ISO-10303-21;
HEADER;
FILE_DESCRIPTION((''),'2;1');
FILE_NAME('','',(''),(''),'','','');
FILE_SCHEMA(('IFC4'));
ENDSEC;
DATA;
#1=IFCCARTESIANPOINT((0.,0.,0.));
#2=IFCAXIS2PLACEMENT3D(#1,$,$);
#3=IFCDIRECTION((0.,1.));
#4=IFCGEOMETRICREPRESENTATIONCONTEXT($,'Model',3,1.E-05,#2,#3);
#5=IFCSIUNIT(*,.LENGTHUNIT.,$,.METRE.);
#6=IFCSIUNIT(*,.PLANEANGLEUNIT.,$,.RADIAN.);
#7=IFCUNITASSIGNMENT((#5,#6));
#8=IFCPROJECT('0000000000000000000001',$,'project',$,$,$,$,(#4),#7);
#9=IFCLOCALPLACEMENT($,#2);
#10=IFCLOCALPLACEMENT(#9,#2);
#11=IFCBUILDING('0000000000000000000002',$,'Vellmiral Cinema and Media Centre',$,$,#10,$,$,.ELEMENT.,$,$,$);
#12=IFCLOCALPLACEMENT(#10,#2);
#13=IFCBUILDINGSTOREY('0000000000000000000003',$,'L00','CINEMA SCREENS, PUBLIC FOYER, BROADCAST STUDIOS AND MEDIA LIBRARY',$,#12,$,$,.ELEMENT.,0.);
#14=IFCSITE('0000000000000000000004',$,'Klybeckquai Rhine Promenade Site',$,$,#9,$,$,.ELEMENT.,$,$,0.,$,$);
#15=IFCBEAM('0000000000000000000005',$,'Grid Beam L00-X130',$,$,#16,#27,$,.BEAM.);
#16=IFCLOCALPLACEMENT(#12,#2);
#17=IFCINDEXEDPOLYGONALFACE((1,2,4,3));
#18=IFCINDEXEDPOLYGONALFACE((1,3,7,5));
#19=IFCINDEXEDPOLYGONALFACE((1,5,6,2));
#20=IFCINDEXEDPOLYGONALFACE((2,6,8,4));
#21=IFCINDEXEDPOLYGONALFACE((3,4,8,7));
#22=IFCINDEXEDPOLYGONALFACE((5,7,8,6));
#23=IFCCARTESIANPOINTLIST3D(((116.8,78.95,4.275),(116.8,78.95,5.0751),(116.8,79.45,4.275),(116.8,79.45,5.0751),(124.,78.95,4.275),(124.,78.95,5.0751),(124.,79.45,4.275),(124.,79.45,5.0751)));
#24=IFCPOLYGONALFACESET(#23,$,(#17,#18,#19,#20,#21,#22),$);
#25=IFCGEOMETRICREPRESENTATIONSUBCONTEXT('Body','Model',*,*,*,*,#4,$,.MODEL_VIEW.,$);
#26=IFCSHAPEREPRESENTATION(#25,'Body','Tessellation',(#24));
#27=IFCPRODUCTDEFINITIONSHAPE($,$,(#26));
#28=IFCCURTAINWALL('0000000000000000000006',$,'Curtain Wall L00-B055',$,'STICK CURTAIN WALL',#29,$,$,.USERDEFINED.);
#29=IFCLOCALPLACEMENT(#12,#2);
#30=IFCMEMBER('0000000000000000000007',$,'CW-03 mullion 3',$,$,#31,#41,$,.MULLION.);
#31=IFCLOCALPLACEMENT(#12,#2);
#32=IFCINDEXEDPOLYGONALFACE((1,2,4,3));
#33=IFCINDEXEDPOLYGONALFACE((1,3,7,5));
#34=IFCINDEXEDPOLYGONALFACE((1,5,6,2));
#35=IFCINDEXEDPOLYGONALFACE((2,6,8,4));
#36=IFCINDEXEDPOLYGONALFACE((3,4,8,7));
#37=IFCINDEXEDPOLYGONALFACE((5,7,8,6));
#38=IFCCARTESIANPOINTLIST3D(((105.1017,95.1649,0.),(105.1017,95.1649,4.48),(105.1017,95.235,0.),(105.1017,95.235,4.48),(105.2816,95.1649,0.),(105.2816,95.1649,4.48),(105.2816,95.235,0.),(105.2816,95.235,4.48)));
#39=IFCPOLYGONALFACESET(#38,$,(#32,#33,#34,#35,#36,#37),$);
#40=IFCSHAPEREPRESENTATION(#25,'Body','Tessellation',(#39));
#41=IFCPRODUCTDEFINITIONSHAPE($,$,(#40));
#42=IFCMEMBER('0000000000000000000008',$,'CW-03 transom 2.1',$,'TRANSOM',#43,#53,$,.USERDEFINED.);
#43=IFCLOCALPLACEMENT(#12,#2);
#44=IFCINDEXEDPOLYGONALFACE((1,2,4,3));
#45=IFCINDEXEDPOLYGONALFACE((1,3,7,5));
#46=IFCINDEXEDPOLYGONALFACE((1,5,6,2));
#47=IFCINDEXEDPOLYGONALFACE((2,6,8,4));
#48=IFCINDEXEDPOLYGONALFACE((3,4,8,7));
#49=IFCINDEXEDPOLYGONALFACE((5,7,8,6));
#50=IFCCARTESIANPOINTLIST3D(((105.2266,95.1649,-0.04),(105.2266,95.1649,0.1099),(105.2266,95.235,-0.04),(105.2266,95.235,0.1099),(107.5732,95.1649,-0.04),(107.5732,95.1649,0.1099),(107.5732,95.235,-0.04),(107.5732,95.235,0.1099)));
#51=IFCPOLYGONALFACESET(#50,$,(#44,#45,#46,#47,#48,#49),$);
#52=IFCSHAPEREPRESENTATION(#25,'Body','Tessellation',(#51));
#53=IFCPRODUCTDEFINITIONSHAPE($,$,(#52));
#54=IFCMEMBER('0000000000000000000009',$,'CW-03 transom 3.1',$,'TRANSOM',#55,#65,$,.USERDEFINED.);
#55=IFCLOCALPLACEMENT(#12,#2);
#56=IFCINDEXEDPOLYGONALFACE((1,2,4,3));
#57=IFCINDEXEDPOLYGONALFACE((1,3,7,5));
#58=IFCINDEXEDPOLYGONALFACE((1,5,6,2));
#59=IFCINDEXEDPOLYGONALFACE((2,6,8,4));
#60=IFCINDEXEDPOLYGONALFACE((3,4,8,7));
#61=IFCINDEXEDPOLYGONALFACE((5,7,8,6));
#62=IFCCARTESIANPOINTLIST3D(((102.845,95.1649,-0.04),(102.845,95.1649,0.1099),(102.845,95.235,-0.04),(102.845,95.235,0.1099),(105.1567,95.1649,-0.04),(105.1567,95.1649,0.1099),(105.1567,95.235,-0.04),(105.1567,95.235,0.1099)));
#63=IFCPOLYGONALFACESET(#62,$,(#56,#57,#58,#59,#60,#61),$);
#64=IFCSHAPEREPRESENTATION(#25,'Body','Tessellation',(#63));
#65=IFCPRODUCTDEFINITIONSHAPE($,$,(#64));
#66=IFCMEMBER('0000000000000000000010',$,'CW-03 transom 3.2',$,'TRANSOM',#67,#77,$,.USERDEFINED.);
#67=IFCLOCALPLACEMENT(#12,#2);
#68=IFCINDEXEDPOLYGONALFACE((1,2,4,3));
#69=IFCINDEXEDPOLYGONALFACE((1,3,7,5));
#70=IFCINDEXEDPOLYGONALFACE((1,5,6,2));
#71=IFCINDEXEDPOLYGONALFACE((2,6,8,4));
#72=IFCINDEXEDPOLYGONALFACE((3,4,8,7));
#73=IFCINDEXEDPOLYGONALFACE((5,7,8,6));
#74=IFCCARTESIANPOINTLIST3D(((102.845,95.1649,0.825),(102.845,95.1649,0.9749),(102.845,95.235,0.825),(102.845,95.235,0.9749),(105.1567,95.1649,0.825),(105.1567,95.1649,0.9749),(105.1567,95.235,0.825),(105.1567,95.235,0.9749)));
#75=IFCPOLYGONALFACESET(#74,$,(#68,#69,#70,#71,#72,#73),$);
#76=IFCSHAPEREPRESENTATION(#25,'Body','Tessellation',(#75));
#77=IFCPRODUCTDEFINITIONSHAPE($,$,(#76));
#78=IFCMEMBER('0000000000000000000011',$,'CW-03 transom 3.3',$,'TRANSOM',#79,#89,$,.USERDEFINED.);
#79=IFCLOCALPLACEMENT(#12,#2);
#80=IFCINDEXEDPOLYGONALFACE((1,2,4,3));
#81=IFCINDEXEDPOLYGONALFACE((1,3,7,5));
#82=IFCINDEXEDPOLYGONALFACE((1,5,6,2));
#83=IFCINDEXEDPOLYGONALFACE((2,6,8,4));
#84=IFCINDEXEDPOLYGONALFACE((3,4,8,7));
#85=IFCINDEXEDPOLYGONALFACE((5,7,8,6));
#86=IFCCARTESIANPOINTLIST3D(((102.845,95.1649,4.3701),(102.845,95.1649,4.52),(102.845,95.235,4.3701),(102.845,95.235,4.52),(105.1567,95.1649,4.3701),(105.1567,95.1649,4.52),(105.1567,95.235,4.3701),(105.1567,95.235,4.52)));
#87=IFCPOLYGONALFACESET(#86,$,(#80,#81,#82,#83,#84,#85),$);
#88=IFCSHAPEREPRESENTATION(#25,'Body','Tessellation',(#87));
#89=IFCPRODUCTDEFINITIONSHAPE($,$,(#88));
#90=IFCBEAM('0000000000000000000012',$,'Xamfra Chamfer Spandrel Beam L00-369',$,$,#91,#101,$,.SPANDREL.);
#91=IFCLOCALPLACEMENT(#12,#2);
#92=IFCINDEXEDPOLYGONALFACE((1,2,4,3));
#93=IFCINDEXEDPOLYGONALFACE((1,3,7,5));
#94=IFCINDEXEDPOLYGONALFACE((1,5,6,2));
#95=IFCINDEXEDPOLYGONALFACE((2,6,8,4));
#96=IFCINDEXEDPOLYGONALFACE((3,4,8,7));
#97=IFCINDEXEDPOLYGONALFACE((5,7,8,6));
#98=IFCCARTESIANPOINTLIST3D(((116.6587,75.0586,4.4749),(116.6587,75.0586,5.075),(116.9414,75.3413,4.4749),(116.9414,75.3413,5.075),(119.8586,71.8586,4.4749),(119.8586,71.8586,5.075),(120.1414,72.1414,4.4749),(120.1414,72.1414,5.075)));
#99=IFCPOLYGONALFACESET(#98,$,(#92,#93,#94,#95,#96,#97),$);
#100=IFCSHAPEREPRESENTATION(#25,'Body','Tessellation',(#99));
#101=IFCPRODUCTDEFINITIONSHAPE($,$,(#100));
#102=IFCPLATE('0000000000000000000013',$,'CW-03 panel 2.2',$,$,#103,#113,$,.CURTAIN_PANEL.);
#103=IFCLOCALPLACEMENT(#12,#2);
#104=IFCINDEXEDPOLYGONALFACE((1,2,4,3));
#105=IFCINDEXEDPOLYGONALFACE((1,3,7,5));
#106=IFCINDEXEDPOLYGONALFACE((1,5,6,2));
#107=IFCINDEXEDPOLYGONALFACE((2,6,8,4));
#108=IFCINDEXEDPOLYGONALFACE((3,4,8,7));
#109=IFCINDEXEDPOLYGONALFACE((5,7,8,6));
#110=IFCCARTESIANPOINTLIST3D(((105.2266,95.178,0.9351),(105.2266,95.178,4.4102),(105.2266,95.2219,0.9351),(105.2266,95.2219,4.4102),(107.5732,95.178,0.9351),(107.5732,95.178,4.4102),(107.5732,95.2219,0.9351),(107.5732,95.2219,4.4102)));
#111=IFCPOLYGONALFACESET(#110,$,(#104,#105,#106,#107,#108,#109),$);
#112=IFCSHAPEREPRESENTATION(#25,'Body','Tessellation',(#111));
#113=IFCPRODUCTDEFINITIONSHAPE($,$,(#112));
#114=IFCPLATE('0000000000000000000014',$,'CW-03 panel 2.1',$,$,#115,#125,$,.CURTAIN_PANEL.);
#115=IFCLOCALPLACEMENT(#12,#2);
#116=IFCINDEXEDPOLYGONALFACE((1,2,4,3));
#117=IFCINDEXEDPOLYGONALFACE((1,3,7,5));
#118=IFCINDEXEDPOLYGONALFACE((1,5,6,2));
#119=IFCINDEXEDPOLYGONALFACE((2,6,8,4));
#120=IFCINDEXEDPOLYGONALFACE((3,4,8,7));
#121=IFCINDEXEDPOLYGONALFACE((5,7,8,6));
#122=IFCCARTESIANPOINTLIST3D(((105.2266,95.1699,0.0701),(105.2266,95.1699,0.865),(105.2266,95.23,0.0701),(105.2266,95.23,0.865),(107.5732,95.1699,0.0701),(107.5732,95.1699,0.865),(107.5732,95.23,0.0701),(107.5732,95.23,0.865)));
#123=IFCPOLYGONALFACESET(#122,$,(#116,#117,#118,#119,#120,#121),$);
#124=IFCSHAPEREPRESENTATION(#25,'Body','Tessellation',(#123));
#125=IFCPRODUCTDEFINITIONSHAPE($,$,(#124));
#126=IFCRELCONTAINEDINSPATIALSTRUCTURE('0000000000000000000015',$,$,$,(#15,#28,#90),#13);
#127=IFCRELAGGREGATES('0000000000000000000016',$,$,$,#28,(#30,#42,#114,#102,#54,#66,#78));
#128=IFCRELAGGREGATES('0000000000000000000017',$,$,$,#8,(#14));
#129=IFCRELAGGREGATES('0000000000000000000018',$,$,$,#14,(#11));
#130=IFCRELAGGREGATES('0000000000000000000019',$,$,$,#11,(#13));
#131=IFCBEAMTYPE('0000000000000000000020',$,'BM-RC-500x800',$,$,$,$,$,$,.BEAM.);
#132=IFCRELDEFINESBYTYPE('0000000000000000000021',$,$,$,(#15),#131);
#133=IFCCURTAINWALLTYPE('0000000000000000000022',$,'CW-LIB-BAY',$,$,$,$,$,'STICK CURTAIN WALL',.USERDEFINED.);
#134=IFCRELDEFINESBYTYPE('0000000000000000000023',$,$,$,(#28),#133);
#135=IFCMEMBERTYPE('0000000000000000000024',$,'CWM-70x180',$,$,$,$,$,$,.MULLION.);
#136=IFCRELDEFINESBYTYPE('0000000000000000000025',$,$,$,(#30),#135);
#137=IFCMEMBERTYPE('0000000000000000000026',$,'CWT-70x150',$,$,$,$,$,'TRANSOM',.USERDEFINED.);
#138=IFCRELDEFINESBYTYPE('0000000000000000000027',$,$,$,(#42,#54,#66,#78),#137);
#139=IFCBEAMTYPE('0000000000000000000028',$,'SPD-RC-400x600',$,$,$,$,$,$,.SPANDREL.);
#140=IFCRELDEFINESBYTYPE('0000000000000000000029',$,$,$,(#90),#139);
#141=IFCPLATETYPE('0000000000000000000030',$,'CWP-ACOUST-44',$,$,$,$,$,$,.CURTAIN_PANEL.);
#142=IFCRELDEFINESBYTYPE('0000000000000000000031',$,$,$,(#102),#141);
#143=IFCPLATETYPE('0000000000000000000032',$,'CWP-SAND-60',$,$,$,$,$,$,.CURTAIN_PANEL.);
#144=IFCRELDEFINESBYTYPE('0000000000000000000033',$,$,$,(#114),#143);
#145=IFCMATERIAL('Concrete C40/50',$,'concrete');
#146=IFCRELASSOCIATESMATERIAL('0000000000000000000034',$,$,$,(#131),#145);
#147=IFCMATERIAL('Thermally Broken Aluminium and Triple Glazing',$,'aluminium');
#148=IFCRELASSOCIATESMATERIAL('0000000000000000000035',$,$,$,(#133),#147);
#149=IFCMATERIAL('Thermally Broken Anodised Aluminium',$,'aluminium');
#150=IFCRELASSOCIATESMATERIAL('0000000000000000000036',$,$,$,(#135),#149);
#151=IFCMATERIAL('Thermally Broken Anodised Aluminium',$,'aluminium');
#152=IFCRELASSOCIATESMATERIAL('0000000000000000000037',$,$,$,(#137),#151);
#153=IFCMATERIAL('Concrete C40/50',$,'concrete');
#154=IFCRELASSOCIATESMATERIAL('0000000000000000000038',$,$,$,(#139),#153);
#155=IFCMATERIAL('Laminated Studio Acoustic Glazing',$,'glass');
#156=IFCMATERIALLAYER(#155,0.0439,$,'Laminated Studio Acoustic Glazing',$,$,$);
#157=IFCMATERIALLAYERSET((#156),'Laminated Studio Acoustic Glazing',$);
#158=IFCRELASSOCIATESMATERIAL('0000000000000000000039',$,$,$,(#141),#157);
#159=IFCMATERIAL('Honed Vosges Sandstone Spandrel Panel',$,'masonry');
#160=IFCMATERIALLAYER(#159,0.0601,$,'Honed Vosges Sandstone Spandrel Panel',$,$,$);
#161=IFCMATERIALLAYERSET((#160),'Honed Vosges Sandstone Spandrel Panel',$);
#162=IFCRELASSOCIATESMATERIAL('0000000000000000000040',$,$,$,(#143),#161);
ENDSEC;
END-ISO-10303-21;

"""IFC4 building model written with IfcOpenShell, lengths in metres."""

from ifc_helpers import new_model, si_unit, direction, frame, origin, origin_2d, place, context, subcontext, project, spatial, rectangle, extrude, material, layer, layer_set, material_profile, profile_set, type_object, element, aggregate, save


model = new_model("IFC4")

# Units and contexts
model_context = context("Model", 3, precision=1e-05, world=origin(), true_north=direction((0.0, 1.0)))
body_context = subcontext(model_context, "Body", "Model", "MODEL_VIEW")
ifc_project = project(units=[si_unit("LENGTHUNIT", "METRE"), si_unit("PLANEANGLEUNIT", "RADIAN")], contexts=[model_context])

# Site, building, storey
site_placement = place(None, origin())
site = spatial("IfcSite", under=ifc_project, at=site_placement, Name="Klybeckquai Rhine Promenade Site", CompositionType="ELEMENT", RefElevation=0.0)
building_placement = place(site_placement, origin())
building = spatial("IfcBuilding", under=site, at=building_placement, Name="Vellmiral Cinema and Media Centre", CompositionType="ELEMENT")
storey_placement = place(building_placement, origin())
storey = spatial("IfcBuildingStorey", under=building, at=storey_placement, Name="L00", Description="CINEMA SCREENS, PUBLIC FOYER, BROADCAST STUDIOS AND MEDIA LIBRARY", CompositionType="ELEMENT", Elevation=0.0)

# Beam
ifc_material_1 = material(Name="Concrete C40/50", Category="concrete")
ifc_material_profile_1 = material_profile(ifc_material_1, rectangle(XDim=0.5, YDim=0.8, at=origin_2d()), Name="RC 500x800")
ifc_profile_set_1 = profile_set([ifc_material_profile_1], Name="Concrete C40/50")
beam_type_1 = type_object("IfcBeamType", Name="BM-RC-500x800", PredefinedType="BEAM", material=ifc_profile_set_1)
beam_1_placement = place(storey_placement, frame((116.8, 79.2, 4.675), z_axis=(1.0, 0.0, 0.0), x_axis=(0.0, 1.0, 0.0)))
element("IfcBeam", 1, at=beam_1_placement, inside=storey, type_object=beam_type_1, Name="Grid Beam L00-X130", PredefinedType="BEAM", context=body_context, shape_type="SweptSolid", body=[
    extrude(rectangle(XDim=0.5, YDim=0.8, at=origin_2d()), origin(), (0.0, 0.0, 1.0), 7.2),
])

# Curtain wall, members
ifc_material_2 = material(Name="Thermally Broken Aluminium and Triple Glazing", Category="aluminium")
curtain_wall_type = type_object("IfcCurtainWallType", Name="CW-LIB-BAY", ElementType="STICK CURTAIN WALL", PredefinedType="USERDEFINED", material=ifc_material_2)
curtain_wall_placement = place(storey_placement, origin())
curtain_wall = element("IfcCurtainWall", 2, at=curtain_wall_placement, inside=storey, type_object=curtain_wall_type, Name="Curtain Wall L00-B055", ObjectType="STICK CURTAIN WALL", PredefinedType="USERDEFINED")
ifc_material_3 = material(Name="Thermally Broken Anodised Aluminium", Category="aluminium")
ifc_material_profile_2 = material_profile(ifc_material_3, rectangle(XDim=0.0701, YDim=0.1799, at=origin_2d()), Name="MULL 70x180")
ifc_profile_set_2 = profile_set([ifc_material_profile_2], Name="Thermally Broken Anodised Aluminium")
member_type_1 = type_object("IfcMemberType", Name="CWM-70x180", PredefinedType="MULLION", material=ifc_profile_set_2)
member_1_placement = place(storey_placement, frame((105.1917, 95.2, 0.0), z_axis=(0.0, 0.0, 1.0), x_axis=(0.0, -1.0, 0.0)))
member_1 = element("IfcMember", 3, at=member_1_placement, type_object=member_type_1, Name="CW-03 mullion 3", PredefinedType="MULLION", context=body_context, shape_type="SweptSolid", body=[
    extrude(rectangle(XDim=0.0701, YDim=0.1799, at=origin_2d()), origin(), (0.0, 0.0, 1.0), 4.48),
])
ifc_material_4 = material(Name="Thermally Broken Anodised Aluminium", Category="aluminium")
ifc_material_profile_3 = material_profile(ifc_material_4, rectangle(XDim=0.0701, YDim=0.1499, at=origin_2d()), Name="MULL 70x150")
ifc_profile_set_3 = profile_set([ifc_material_profile_3], Name="Thermally Broken Anodised Aluminium")
member_type_2 = type_object("IfcMemberType", Name="CWT-70x150", ElementType="TRANSOM", PredefinedType="USERDEFINED", material=ifc_profile_set_3)
member_2_placement = place(storey_placement, frame((107.5732, 95.2, 0.0349), z_axis=(-1.0, 0.0, 0.0), x_axis=(0.0, -1.0, 0.0)))
member_2 = element("IfcMember", 4, at=member_2_placement, type_object=member_type_2, Name="CW-03 transom 2.1", ObjectType="TRANSOM", PredefinedType="USERDEFINED", context=body_context, shape_type="SweptSolid", body=[
    extrude(rectangle(XDim=0.0701, YDim=0.1499, at=origin_2d()), origin(), (0.0, 0.0, 1.0), 2.3467),
])
member_3_placement = place(storey_placement, frame((105.1567, 95.2, 0.0349), z_axis=(-1.0, 0.0, 0.0), x_axis=(0.0, -1.0, 0.0)))
member_3 = element("IfcMember", 5, at=member_3_placement, type_object=member_type_2, Name="CW-03 transom 3.1", ObjectType="TRANSOM", PredefinedType="USERDEFINED", context=body_context, shape_type="SweptSolid", body=[
    extrude(rectangle(XDim=0.0701, YDim=0.1499, at=origin_2d()), origin(), (0.0, 0.0, 1.0), 2.3118),
])
member_4_placement = place(storey_placement, frame((105.1567, 95.2, 0.8999), z_axis=(-1.0, 0.0, 0.0), x_axis=(0.0, -1.0, 0.0)))
member_4 = element("IfcMember", 6, at=member_4_placement, type_object=member_type_2, Name="CW-03 transom 3.2", ObjectType="TRANSOM", PredefinedType="USERDEFINED", context=body_context, shape_type="SweptSolid", body=[
    extrude(rectangle(XDim=0.0701, YDim=0.1499, at=origin_2d()), origin(), (0.0, 0.0, 1.0), 2.3118),
])
member_5_placement = place(storey_placement, frame((105.1567, 95.2, 4.4451), z_axis=(-1.0, 0.0, 0.0), x_axis=(0.0, -1.0, 0.0)))
member_5 = element("IfcMember", 7, at=member_5_placement, type_object=member_type_2, Name="CW-03 transom 3.3", ObjectType="TRANSOM", PredefinedType="USERDEFINED", context=body_context, shape_type="SweptSolid", body=[
    extrude(rectangle(XDim=0.0701, YDim=0.1499, at=origin_2d()), origin(), (0.0, 0.0, 1.0), 2.3118),
])

# Beam
ifc_material_5 = material(Name="Concrete C40/50", Category="concrete")
ifc_material_profile_4 = material_profile(ifc_material_5, rectangle(XDim=0.3999, YDim=0.6001, at=origin_2d()), Name="RC 400x600")
ifc_profile_set_4 = profile_set([ifc_material_profile_4], Name="Concrete C40/50")
beam_type_2 = type_object("IfcBeamType", Name="SPD-RC-400x600", PredefinedType="SPANDREL", material=ifc_profile_set_4)
beam_2_placement = place(storey_placement, frame((116.8, 75.2, 4.7749), z_axis=(0.707107, -0.707107, 0.0), x_axis=(0.707107, 0.707107, 0.0)))
element("IfcBeam", 8, at=beam_2_placement, inside=storey, type_object=beam_type_2, Name="Xamfra Chamfer Spandrel Beam L00-369", PredefinedType="SPANDREL", context=body_context, shape_type="SweptSolid", body=[
    extrude(rectangle(XDim=0.3999, YDim=0.6001, at=origin_2d()), origin(), (0.0, 0.0, 1.0), 4.5254),
])

# Plates
ifc_material_6 = material(Name="Laminated Studio Acoustic Glazing", Category="glass")
ifc_layer_1 = layer(ifc_material_6, 0.0439, Name="Laminated Studio Acoustic Glazing")
ifc_layer_set_1 = layer_set([ifc_layer_1], Name="Laminated Studio Acoustic Glazing")
plate_type_1 = type_object("IfcPlateType", Name="CWP-ACOUST-44", PredefinedType="CURTAIN_PANEL", material=ifc_layer_set_1)
plate_1_placement = place(storey_placement, frame((106.3999, 95.2, 0.9351), z_axis=(0.0, 0.0, 1.0), x_axis=(-1.0, 0.0, 0.0)))
plate_1 = element("IfcPlate", 9, at=plate_1_placement, type_object=plate_type_1, Name="CW-03 panel 2.2", PredefinedType="CURTAIN_PANEL", context=body_context, shape_type="SweptSolid", body=[
    extrude(rectangle(XDim=2.3467, YDim=0.0439, at=origin_2d()), origin(), (0.0, 0.0, 1.0), 3.4751),
])
ifc_material_7 = material(Name="Honed Vosges Sandstone Spandrel Panel", Category="masonry")
ifc_layer_2 = layer(ifc_material_7, 0.0601, Name="Honed Vosges Sandstone Spandrel Panel")
ifc_layer_set_2 = layer_set([ifc_layer_2], Name="Honed Vosges Sandstone Spandrel Panel")
plate_type_2 = type_object("IfcPlateType", Name="CWP-SAND-60", PredefinedType="CURTAIN_PANEL", material=ifc_layer_set_2)
plate_2_placement = place(storey_placement, frame((106.3999, 95.2, 0.0701), z_axis=(0.0, 0.0, 1.0), x_axis=(-1.0, 0.0, 0.0)))
plate_2 = element("IfcPlate", 10, at=plate_2_placement, type_object=plate_type_2, Name="CW-03 panel 2.1", PredefinedType="CURTAIN_PANEL", context=body_context, shape_type="SweptSolid", body=[
    extrude(rectangle(XDim=2.3467, YDim=0.0601, at=origin_2d()), origin(), (0.0, 0.0, 1.0), 0.7949),
])
aggregate(curtain_wall, [member_1, member_2, plate_2, plate_1, member_3, member_4, member_5])

save(model, "model.ifc")
